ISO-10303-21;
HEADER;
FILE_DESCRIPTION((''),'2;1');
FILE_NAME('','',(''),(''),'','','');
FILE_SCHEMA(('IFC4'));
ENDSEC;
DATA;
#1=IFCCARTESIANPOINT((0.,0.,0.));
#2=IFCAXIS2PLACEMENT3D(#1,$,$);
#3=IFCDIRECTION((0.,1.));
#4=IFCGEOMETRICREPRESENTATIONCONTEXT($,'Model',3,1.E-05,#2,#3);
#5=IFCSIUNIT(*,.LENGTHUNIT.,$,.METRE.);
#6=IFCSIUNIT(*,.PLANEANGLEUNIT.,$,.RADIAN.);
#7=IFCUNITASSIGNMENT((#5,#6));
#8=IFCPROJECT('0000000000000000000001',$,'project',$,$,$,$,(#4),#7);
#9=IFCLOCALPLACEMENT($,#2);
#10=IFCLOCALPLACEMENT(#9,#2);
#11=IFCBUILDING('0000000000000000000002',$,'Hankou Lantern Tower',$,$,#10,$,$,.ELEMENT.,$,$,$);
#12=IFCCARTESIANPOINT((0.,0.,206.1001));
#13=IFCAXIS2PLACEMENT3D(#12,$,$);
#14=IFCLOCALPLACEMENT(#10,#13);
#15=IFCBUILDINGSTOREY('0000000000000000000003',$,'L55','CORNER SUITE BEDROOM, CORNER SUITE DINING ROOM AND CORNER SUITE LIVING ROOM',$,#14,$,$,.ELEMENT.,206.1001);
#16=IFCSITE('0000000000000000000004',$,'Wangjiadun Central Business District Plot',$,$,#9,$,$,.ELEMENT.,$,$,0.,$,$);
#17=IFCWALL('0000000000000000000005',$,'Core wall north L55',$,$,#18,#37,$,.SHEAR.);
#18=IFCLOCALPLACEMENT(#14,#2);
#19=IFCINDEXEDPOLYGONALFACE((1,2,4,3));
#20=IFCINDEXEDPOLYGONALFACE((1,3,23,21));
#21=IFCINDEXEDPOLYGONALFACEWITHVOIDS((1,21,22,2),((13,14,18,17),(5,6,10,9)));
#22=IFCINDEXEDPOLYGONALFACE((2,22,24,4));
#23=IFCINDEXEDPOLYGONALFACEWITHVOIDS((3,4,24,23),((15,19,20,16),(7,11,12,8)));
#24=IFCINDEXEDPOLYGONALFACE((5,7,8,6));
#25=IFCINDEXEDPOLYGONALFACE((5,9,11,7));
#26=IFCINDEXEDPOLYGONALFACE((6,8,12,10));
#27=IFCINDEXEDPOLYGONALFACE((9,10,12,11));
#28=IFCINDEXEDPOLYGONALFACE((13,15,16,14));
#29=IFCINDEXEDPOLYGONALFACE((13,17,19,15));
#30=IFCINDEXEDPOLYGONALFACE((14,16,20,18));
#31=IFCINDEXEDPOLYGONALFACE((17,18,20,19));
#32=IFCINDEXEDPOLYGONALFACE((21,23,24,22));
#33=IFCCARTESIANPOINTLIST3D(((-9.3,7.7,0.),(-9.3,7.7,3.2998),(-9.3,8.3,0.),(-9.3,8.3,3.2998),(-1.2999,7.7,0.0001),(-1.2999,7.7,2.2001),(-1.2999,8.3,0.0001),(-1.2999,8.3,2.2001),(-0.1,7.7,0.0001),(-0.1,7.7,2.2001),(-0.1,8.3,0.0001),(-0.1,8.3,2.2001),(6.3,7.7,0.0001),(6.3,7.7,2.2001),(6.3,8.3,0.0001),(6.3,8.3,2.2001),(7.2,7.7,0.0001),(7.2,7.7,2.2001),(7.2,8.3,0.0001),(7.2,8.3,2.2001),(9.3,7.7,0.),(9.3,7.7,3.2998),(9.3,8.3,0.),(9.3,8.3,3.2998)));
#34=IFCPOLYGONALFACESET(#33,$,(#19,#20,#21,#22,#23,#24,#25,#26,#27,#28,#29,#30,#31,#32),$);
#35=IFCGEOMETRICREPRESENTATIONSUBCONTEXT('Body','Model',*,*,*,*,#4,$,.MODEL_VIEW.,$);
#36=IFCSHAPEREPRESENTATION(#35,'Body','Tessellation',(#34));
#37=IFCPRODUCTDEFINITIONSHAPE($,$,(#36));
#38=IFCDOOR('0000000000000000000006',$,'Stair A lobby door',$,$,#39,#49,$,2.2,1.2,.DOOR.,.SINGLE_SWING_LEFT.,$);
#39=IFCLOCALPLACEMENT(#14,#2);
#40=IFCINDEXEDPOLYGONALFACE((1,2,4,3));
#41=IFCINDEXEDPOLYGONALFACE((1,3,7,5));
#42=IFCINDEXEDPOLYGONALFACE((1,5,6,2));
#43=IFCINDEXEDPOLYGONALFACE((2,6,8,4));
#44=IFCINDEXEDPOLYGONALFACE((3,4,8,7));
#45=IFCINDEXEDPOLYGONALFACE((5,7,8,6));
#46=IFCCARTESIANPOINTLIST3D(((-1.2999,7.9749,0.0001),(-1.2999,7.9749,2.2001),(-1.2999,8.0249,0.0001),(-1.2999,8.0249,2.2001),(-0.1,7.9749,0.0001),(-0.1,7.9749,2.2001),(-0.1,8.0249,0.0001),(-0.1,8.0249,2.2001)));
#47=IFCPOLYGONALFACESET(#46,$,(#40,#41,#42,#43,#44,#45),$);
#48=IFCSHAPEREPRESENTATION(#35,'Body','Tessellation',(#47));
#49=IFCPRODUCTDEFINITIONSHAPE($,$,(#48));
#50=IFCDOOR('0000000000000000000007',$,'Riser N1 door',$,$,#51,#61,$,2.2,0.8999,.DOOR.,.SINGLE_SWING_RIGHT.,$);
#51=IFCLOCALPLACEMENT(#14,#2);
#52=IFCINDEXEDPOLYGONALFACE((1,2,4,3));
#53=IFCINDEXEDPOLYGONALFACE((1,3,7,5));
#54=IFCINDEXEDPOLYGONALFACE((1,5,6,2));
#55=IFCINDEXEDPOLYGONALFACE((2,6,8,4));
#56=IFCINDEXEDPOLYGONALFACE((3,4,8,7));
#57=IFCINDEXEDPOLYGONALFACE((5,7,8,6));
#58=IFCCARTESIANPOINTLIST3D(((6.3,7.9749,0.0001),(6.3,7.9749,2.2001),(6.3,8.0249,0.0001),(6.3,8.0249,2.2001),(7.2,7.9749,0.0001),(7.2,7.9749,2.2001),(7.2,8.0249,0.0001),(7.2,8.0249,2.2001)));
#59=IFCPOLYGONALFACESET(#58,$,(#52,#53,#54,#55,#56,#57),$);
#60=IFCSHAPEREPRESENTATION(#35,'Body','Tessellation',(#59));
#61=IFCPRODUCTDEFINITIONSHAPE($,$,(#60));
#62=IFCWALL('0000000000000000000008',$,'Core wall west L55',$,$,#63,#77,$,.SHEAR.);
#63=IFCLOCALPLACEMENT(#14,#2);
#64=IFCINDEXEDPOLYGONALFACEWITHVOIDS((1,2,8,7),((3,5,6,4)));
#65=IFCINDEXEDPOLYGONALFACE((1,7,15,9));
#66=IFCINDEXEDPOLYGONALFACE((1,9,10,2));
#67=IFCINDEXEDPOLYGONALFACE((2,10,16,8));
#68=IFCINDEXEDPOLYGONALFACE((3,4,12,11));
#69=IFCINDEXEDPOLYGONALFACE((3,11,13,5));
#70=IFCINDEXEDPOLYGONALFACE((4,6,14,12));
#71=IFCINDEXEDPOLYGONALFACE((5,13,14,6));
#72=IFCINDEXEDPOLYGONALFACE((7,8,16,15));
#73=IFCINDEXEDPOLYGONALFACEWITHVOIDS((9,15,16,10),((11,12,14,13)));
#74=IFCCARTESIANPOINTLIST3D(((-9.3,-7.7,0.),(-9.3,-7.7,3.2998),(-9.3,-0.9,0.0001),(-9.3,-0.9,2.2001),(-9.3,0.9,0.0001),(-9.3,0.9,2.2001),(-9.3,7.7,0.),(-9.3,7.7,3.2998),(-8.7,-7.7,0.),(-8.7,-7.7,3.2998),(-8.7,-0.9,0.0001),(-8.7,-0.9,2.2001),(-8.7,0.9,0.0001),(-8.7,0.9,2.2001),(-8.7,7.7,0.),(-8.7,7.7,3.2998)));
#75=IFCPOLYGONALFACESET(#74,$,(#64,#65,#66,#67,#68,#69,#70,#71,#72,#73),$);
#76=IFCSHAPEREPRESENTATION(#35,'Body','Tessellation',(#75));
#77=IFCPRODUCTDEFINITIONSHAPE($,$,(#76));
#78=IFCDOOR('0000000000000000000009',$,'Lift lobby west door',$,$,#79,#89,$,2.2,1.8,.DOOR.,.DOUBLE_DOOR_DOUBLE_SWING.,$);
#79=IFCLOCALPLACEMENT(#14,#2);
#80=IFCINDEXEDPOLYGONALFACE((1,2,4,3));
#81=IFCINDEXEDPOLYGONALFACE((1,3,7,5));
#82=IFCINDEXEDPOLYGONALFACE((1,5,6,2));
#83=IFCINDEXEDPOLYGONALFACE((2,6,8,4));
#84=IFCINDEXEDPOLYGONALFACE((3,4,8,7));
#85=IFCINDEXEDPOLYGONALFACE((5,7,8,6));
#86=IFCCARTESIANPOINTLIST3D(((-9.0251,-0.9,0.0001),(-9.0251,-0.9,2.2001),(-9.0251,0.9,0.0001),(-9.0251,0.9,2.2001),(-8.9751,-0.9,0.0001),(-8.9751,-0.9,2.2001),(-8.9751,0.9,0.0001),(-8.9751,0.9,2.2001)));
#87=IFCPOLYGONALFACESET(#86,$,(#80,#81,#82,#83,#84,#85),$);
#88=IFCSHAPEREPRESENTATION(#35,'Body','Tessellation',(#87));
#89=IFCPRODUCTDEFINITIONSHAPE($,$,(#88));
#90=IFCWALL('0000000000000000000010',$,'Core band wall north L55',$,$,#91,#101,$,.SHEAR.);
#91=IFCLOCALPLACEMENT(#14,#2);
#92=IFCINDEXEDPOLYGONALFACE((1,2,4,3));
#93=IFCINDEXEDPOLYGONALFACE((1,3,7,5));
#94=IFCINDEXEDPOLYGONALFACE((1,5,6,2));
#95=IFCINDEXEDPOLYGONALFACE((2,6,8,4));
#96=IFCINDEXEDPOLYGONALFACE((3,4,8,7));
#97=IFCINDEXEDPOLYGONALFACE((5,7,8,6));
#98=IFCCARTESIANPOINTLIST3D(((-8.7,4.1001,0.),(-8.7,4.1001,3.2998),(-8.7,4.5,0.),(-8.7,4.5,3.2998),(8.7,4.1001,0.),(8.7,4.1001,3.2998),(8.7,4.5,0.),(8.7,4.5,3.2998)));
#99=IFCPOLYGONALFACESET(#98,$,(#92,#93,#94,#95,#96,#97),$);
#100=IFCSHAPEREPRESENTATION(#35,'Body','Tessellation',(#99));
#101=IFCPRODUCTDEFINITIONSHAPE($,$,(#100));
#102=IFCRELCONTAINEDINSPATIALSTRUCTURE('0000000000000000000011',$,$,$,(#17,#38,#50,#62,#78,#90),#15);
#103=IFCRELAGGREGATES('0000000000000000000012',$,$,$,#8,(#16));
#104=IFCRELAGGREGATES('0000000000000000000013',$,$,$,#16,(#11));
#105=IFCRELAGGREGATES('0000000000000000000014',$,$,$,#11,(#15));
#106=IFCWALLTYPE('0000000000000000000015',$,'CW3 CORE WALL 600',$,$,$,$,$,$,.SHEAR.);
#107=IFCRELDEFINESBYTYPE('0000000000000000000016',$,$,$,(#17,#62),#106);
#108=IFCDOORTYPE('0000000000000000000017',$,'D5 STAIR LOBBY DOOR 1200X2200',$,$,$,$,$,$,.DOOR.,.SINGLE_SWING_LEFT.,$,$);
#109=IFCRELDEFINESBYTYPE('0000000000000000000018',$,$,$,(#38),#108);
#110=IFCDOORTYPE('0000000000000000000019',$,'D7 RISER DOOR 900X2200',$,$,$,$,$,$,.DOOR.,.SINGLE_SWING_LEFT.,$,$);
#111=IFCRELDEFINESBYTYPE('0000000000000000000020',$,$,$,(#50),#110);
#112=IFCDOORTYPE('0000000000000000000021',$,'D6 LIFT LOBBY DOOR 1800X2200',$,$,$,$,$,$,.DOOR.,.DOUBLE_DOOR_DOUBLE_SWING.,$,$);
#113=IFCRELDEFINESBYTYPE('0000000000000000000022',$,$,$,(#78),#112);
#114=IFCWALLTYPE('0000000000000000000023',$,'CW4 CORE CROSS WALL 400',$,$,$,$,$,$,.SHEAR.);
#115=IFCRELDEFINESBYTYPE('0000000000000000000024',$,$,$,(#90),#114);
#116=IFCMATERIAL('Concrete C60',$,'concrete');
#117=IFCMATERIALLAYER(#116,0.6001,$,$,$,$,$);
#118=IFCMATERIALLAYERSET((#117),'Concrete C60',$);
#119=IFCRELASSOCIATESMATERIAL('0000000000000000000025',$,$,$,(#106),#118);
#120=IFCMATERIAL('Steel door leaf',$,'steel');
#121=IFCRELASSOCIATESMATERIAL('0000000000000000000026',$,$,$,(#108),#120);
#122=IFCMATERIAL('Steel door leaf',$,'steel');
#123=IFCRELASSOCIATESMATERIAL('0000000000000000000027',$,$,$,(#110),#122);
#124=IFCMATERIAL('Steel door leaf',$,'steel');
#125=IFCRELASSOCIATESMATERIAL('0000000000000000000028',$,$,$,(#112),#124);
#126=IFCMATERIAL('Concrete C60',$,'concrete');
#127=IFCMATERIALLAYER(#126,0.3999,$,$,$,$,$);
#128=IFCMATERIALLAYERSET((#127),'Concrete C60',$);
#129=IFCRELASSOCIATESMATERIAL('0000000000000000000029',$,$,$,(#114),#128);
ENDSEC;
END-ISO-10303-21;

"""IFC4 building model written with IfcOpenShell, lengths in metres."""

from ifc_helpers import new_model, si_unit, direction, frame, frame_2d, origin, place, context, subcontext, project, spatial, rectangle, extrude, material, layer, layer_set, type_object, element, fill, save


model = new_model("IFC4")

# Units and contexts
model_context = context("Model", 3, precision=1e-05, world=origin(), true_north=direction((0.0, 1.0)))
body_context = subcontext(model_context, "Body", "Model", "MODEL_VIEW")
ifc_project = project(units=[si_unit("LENGTHUNIT", "METRE"), si_unit("PLANEANGLEUNIT", "RADIAN")], contexts=[model_context])

# Site, building, storey
site_placement = place(None, origin())
site = spatial("IfcSite", under=ifc_project, at=site_placement, Name="Wangjiadun Central Business District Plot", CompositionType="ELEMENT", RefElevation=0.0)
building_placement = place(site_placement, origin())
building = spatial("IfcBuilding", under=site, at=building_placement, Name="Hankou Lantern Tower", CompositionType="ELEMENT")
storey_placement = place(building_placement, frame((0.0, 0.0, 206.1001)))
storey = spatial("IfcBuildingStorey", under=building, at=storey_placement, Name="L55", Description="CORNER SUITE BEDROOM, CORNER SUITE DINING ROOM AND CORNER SUITE LIVING ROOM", CompositionType="ELEMENT", Elevation=206.1001)

# Wall, openings, doors
ifc_material_1 = material(Name="Concrete C60", Category="concrete")
ifc_layer_1 = layer(ifc_material_1, 0.6001)
ifc_layer_set_1 = layer_set([ifc_layer_1], Name="Concrete C60")
wall_type_1 = type_object("IfcWallType", Name="CW3 CORE WALL 600", PredefinedType="SHEAR", material=ifc_layer_set_1)
wall_1_placement = place(storey_placement, frame((-9.3, 8.0, 0.0), z_axis=(0.0, 0.0, 1.0), x_axis=(1.0, 0.0, 0.0)))
wall_1 = element("IfcWall", 1, at=wall_1_placement, inside=storey, type_object=wall_type_1, Name="Core wall north L55", PredefinedType="SHEAR", context=body_context, shape_type="SweptSolid", body=[
    extrude(rectangle(XDim=18.6001, YDim=0.6001, at=frame_2d((9.3, 0.0))), origin(), (0.0, 0.0, 1.0), 3.2998),
])
opening_1_placement = place(wall_1_placement, frame((8.0, 0.0, 0.0)))
opening_1 = element("IfcOpeningElement", 2, at=opening_1_placement, cuts=wall_1, PredefinedType="OPENING", context=body_context, shape_type="SweptSolid", body=[
    extrude(rectangle(XDim=1.2, YDim=2.2, at=frame_2d((0.6001, 1.1001))), frame((0.0, 0.3101, 0.0), z_axis=(0.0, -1.0, 0.0), x_axis=(1.0, 0.0, 0.0)), (0.0, 0.0, 1.0), 0.6201),
])
opening_2_placement = place(wall_1_placement, frame((15.6001, 0.0, 0.0)))
opening_2 = element("IfcOpeningElement", 3, at=opening_2_placement, cuts=wall_1, PredefinedType="OPENING", context=body_context, shape_type="SweptSolid", body=[
    extrude(rectangle(XDim=0.8999, YDim=2.2, at=frame_2d((0.45, 1.1001))), frame((0.0, 0.3101, 0.0), z_axis=(0.0, -1.0, 0.0), x_axis=(1.0, 0.0, 0.0)), (0.0, 0.0, 1.0), 0.6201),
])
ifc_material_2 = material(Name="Steel door leaf", Category="steel")
door_type_1 = type_object("IfcDoorType", Name="D5 STAIR LOBBY DOOR 1200X2200", OperationType="SINGLE_SWING_LEFT", PredefinedType="DOOR", material=ifc_material_2)
door_1_placement = place(opening_1_placement, origin())
door_1 = element("IfcDoor", 4, at=door_1_placement, inside=storey, type_object=door_type_1, Name="Stair A lobby door", OperationType="SINGLE_SWING_LEFT", OverallHeight=2.2, OverallWidth=1.2, PredefinedType="DOOR", context=body_context, shape_type="SweptSolid", body=[
    extrude(rectangle(XDim=1.2, YDim=2.2, at=frame_2d((0.6001, 1.1001))), frame((0.0, 0.0249, 0.0), z_axis=(0.0, -1.0, 0.0), x_axis=(1.0, 0.0, 0.0)), (0.0, 0.0, 1.0), 0.05),
])
fill(opening_1, door_1)
ifc_material_3 = material(Name="Steel door leaf", Category="steel")
door_type_2 = type_object("IfcDoorType", Name="D7 RISER DOOR 900X2200", OperationType="SINGLE_SWING_LEFT", PredefinedType="DOOR", material=ifc_material_3)
door_2_placement = place(opening_2_placement, origin())
door_2 = element("IfcDoor", 5, at=door_2_placement, inside=storey, type_object=door_type_2, Name="Riser N1 door", OperationType="SINGLE_SWING_RIGHT", OverallHeight=2.2, OverallWidth=0.8999, PredefinedType="DOOR", context=body_context, shape_type="SweptSolid", body=[
    extrude(rectangle(XDim=0.8999, YDim=2.2, at=frame_2d((0.45, 1.1001))), frame((0.0, 0.0249, 0.0), z_axis=(0.0, -1.0, 0.0), x_axis=(1.0, 0.0, 0.0)), (0.0, 0.0, 1.0), 0.05),
])
fill(opening_2, door_2)

# Wall, opening, door
wall_2_placement = place(storey_placement, frame((-9.0, 7.7, 0.0), z_axis=(0.0, 0.0, 1.0), x_axis=(0.0, -1.0, 0.0)))
wall_2 = element("IfcWall", 6, at=wall_2_placement, inside=storey, type_object=wall_type_1, Name="Core wall west L55", PredefinedType="SHEAR", context=body_context, shape_type="SweptSolid", body=[
    extrude(rectangle(XDim=15.3999, YDim=0.6001, at=frame_2d((7.7, 0.0))), origin(), (0.0, 0.0, 1.0), 3.2998),
])
opening_3_placement = place(wall_2_placement, frame((6.8, 0.0, 0.0)))
opening_3 = element("IfcOpeningElement", 7, at=opening_3_placement, cuts=wall_2, PredefinedType="OPENING", context=body_context, shape_type="SweptSolid", body=[
    extrude(rectangle(XDim=1.8, YDim=2.2, at=frame_2d((0.8999, 1.1001))), frame((0.0, 0.3101, 0.0), z_axis=(0.0, -1.0, 0.0), x_axis=(1.0, 0.0, 0.0)), (0.0, 0.0, 1.0), 0.6201),
])
ifc_material_4 = material(Name="Steel door leaf", Category="steel")
door_type_3 = type_object("IfcDoorType", Name="D6 LIFT LOBBY DOOR 1800X2200", OperationType="DOUBLE_DOOR_DOUBLE_SWING", PredefinedType="DOOR", material=ifc_material_4)
door_3_placement = place(opening_3_placement, origin())
door_3 = element("IfcDoor", 8, at=door_3_placement, inside=storey, type_object=door_type_3, Name="Lift lobby west door", OperationType="DOUBLE_DOOR_DOUBLE_SWING", OverallHeight=2.2, OverallWidth=1.8, PredefinedType="DOOR", context=body_context, shape_type="SweptSolid", body=[
    extrude(rectangle(XDim=1.8, YDim=2.2, at=frame_2d((0.8999, 1.1001))), frame((0.0, 0.0249, 0.0), z_axis=(0.0, -1.0, 0.0), x_axis=(1.0, 0.0, 0.0)), (0.0, 0.0, 1.0), 0.05),
])
fill(opening_3, door_3)

# Wall
ifc_material_5 = material(Name="Concrete C60", Category="concrete")
ifc_layer_2 = layer(ifc_material_5, 0.3999)
ifc_layer_set_2 = layer_set([ifc_layer_2], Name="Concrete C60")
wall_type_2 = type_object("IfcWallType", Name="CW4 CORE CROSS WALL 400", PredefinedType="SHEAR", material=ifc_layer_set_2)
wall_3_placement = place(storey_placement, frame((-8.7, 4.3, 0.0), z_axis=(0.0, 0.0, 1.0), x_axis=(1.0, 0.0, 0.0)))
element("IfcWall", 9, at=wall_3_placement, inside=storey, type_object=wall_type_2, Name="Core band wall north L55", PredefinedType="SHEAR", context=body_context, shape_type="SweptSolid", body=[
    extrude(rectangle(XDim=17.3999, YDim=0.3999, at=frame_2d((8.7, 0.0))), origin(), (0.0, 0.0, 1.0), 3.2998),
])

save(model, "model.ifc")
